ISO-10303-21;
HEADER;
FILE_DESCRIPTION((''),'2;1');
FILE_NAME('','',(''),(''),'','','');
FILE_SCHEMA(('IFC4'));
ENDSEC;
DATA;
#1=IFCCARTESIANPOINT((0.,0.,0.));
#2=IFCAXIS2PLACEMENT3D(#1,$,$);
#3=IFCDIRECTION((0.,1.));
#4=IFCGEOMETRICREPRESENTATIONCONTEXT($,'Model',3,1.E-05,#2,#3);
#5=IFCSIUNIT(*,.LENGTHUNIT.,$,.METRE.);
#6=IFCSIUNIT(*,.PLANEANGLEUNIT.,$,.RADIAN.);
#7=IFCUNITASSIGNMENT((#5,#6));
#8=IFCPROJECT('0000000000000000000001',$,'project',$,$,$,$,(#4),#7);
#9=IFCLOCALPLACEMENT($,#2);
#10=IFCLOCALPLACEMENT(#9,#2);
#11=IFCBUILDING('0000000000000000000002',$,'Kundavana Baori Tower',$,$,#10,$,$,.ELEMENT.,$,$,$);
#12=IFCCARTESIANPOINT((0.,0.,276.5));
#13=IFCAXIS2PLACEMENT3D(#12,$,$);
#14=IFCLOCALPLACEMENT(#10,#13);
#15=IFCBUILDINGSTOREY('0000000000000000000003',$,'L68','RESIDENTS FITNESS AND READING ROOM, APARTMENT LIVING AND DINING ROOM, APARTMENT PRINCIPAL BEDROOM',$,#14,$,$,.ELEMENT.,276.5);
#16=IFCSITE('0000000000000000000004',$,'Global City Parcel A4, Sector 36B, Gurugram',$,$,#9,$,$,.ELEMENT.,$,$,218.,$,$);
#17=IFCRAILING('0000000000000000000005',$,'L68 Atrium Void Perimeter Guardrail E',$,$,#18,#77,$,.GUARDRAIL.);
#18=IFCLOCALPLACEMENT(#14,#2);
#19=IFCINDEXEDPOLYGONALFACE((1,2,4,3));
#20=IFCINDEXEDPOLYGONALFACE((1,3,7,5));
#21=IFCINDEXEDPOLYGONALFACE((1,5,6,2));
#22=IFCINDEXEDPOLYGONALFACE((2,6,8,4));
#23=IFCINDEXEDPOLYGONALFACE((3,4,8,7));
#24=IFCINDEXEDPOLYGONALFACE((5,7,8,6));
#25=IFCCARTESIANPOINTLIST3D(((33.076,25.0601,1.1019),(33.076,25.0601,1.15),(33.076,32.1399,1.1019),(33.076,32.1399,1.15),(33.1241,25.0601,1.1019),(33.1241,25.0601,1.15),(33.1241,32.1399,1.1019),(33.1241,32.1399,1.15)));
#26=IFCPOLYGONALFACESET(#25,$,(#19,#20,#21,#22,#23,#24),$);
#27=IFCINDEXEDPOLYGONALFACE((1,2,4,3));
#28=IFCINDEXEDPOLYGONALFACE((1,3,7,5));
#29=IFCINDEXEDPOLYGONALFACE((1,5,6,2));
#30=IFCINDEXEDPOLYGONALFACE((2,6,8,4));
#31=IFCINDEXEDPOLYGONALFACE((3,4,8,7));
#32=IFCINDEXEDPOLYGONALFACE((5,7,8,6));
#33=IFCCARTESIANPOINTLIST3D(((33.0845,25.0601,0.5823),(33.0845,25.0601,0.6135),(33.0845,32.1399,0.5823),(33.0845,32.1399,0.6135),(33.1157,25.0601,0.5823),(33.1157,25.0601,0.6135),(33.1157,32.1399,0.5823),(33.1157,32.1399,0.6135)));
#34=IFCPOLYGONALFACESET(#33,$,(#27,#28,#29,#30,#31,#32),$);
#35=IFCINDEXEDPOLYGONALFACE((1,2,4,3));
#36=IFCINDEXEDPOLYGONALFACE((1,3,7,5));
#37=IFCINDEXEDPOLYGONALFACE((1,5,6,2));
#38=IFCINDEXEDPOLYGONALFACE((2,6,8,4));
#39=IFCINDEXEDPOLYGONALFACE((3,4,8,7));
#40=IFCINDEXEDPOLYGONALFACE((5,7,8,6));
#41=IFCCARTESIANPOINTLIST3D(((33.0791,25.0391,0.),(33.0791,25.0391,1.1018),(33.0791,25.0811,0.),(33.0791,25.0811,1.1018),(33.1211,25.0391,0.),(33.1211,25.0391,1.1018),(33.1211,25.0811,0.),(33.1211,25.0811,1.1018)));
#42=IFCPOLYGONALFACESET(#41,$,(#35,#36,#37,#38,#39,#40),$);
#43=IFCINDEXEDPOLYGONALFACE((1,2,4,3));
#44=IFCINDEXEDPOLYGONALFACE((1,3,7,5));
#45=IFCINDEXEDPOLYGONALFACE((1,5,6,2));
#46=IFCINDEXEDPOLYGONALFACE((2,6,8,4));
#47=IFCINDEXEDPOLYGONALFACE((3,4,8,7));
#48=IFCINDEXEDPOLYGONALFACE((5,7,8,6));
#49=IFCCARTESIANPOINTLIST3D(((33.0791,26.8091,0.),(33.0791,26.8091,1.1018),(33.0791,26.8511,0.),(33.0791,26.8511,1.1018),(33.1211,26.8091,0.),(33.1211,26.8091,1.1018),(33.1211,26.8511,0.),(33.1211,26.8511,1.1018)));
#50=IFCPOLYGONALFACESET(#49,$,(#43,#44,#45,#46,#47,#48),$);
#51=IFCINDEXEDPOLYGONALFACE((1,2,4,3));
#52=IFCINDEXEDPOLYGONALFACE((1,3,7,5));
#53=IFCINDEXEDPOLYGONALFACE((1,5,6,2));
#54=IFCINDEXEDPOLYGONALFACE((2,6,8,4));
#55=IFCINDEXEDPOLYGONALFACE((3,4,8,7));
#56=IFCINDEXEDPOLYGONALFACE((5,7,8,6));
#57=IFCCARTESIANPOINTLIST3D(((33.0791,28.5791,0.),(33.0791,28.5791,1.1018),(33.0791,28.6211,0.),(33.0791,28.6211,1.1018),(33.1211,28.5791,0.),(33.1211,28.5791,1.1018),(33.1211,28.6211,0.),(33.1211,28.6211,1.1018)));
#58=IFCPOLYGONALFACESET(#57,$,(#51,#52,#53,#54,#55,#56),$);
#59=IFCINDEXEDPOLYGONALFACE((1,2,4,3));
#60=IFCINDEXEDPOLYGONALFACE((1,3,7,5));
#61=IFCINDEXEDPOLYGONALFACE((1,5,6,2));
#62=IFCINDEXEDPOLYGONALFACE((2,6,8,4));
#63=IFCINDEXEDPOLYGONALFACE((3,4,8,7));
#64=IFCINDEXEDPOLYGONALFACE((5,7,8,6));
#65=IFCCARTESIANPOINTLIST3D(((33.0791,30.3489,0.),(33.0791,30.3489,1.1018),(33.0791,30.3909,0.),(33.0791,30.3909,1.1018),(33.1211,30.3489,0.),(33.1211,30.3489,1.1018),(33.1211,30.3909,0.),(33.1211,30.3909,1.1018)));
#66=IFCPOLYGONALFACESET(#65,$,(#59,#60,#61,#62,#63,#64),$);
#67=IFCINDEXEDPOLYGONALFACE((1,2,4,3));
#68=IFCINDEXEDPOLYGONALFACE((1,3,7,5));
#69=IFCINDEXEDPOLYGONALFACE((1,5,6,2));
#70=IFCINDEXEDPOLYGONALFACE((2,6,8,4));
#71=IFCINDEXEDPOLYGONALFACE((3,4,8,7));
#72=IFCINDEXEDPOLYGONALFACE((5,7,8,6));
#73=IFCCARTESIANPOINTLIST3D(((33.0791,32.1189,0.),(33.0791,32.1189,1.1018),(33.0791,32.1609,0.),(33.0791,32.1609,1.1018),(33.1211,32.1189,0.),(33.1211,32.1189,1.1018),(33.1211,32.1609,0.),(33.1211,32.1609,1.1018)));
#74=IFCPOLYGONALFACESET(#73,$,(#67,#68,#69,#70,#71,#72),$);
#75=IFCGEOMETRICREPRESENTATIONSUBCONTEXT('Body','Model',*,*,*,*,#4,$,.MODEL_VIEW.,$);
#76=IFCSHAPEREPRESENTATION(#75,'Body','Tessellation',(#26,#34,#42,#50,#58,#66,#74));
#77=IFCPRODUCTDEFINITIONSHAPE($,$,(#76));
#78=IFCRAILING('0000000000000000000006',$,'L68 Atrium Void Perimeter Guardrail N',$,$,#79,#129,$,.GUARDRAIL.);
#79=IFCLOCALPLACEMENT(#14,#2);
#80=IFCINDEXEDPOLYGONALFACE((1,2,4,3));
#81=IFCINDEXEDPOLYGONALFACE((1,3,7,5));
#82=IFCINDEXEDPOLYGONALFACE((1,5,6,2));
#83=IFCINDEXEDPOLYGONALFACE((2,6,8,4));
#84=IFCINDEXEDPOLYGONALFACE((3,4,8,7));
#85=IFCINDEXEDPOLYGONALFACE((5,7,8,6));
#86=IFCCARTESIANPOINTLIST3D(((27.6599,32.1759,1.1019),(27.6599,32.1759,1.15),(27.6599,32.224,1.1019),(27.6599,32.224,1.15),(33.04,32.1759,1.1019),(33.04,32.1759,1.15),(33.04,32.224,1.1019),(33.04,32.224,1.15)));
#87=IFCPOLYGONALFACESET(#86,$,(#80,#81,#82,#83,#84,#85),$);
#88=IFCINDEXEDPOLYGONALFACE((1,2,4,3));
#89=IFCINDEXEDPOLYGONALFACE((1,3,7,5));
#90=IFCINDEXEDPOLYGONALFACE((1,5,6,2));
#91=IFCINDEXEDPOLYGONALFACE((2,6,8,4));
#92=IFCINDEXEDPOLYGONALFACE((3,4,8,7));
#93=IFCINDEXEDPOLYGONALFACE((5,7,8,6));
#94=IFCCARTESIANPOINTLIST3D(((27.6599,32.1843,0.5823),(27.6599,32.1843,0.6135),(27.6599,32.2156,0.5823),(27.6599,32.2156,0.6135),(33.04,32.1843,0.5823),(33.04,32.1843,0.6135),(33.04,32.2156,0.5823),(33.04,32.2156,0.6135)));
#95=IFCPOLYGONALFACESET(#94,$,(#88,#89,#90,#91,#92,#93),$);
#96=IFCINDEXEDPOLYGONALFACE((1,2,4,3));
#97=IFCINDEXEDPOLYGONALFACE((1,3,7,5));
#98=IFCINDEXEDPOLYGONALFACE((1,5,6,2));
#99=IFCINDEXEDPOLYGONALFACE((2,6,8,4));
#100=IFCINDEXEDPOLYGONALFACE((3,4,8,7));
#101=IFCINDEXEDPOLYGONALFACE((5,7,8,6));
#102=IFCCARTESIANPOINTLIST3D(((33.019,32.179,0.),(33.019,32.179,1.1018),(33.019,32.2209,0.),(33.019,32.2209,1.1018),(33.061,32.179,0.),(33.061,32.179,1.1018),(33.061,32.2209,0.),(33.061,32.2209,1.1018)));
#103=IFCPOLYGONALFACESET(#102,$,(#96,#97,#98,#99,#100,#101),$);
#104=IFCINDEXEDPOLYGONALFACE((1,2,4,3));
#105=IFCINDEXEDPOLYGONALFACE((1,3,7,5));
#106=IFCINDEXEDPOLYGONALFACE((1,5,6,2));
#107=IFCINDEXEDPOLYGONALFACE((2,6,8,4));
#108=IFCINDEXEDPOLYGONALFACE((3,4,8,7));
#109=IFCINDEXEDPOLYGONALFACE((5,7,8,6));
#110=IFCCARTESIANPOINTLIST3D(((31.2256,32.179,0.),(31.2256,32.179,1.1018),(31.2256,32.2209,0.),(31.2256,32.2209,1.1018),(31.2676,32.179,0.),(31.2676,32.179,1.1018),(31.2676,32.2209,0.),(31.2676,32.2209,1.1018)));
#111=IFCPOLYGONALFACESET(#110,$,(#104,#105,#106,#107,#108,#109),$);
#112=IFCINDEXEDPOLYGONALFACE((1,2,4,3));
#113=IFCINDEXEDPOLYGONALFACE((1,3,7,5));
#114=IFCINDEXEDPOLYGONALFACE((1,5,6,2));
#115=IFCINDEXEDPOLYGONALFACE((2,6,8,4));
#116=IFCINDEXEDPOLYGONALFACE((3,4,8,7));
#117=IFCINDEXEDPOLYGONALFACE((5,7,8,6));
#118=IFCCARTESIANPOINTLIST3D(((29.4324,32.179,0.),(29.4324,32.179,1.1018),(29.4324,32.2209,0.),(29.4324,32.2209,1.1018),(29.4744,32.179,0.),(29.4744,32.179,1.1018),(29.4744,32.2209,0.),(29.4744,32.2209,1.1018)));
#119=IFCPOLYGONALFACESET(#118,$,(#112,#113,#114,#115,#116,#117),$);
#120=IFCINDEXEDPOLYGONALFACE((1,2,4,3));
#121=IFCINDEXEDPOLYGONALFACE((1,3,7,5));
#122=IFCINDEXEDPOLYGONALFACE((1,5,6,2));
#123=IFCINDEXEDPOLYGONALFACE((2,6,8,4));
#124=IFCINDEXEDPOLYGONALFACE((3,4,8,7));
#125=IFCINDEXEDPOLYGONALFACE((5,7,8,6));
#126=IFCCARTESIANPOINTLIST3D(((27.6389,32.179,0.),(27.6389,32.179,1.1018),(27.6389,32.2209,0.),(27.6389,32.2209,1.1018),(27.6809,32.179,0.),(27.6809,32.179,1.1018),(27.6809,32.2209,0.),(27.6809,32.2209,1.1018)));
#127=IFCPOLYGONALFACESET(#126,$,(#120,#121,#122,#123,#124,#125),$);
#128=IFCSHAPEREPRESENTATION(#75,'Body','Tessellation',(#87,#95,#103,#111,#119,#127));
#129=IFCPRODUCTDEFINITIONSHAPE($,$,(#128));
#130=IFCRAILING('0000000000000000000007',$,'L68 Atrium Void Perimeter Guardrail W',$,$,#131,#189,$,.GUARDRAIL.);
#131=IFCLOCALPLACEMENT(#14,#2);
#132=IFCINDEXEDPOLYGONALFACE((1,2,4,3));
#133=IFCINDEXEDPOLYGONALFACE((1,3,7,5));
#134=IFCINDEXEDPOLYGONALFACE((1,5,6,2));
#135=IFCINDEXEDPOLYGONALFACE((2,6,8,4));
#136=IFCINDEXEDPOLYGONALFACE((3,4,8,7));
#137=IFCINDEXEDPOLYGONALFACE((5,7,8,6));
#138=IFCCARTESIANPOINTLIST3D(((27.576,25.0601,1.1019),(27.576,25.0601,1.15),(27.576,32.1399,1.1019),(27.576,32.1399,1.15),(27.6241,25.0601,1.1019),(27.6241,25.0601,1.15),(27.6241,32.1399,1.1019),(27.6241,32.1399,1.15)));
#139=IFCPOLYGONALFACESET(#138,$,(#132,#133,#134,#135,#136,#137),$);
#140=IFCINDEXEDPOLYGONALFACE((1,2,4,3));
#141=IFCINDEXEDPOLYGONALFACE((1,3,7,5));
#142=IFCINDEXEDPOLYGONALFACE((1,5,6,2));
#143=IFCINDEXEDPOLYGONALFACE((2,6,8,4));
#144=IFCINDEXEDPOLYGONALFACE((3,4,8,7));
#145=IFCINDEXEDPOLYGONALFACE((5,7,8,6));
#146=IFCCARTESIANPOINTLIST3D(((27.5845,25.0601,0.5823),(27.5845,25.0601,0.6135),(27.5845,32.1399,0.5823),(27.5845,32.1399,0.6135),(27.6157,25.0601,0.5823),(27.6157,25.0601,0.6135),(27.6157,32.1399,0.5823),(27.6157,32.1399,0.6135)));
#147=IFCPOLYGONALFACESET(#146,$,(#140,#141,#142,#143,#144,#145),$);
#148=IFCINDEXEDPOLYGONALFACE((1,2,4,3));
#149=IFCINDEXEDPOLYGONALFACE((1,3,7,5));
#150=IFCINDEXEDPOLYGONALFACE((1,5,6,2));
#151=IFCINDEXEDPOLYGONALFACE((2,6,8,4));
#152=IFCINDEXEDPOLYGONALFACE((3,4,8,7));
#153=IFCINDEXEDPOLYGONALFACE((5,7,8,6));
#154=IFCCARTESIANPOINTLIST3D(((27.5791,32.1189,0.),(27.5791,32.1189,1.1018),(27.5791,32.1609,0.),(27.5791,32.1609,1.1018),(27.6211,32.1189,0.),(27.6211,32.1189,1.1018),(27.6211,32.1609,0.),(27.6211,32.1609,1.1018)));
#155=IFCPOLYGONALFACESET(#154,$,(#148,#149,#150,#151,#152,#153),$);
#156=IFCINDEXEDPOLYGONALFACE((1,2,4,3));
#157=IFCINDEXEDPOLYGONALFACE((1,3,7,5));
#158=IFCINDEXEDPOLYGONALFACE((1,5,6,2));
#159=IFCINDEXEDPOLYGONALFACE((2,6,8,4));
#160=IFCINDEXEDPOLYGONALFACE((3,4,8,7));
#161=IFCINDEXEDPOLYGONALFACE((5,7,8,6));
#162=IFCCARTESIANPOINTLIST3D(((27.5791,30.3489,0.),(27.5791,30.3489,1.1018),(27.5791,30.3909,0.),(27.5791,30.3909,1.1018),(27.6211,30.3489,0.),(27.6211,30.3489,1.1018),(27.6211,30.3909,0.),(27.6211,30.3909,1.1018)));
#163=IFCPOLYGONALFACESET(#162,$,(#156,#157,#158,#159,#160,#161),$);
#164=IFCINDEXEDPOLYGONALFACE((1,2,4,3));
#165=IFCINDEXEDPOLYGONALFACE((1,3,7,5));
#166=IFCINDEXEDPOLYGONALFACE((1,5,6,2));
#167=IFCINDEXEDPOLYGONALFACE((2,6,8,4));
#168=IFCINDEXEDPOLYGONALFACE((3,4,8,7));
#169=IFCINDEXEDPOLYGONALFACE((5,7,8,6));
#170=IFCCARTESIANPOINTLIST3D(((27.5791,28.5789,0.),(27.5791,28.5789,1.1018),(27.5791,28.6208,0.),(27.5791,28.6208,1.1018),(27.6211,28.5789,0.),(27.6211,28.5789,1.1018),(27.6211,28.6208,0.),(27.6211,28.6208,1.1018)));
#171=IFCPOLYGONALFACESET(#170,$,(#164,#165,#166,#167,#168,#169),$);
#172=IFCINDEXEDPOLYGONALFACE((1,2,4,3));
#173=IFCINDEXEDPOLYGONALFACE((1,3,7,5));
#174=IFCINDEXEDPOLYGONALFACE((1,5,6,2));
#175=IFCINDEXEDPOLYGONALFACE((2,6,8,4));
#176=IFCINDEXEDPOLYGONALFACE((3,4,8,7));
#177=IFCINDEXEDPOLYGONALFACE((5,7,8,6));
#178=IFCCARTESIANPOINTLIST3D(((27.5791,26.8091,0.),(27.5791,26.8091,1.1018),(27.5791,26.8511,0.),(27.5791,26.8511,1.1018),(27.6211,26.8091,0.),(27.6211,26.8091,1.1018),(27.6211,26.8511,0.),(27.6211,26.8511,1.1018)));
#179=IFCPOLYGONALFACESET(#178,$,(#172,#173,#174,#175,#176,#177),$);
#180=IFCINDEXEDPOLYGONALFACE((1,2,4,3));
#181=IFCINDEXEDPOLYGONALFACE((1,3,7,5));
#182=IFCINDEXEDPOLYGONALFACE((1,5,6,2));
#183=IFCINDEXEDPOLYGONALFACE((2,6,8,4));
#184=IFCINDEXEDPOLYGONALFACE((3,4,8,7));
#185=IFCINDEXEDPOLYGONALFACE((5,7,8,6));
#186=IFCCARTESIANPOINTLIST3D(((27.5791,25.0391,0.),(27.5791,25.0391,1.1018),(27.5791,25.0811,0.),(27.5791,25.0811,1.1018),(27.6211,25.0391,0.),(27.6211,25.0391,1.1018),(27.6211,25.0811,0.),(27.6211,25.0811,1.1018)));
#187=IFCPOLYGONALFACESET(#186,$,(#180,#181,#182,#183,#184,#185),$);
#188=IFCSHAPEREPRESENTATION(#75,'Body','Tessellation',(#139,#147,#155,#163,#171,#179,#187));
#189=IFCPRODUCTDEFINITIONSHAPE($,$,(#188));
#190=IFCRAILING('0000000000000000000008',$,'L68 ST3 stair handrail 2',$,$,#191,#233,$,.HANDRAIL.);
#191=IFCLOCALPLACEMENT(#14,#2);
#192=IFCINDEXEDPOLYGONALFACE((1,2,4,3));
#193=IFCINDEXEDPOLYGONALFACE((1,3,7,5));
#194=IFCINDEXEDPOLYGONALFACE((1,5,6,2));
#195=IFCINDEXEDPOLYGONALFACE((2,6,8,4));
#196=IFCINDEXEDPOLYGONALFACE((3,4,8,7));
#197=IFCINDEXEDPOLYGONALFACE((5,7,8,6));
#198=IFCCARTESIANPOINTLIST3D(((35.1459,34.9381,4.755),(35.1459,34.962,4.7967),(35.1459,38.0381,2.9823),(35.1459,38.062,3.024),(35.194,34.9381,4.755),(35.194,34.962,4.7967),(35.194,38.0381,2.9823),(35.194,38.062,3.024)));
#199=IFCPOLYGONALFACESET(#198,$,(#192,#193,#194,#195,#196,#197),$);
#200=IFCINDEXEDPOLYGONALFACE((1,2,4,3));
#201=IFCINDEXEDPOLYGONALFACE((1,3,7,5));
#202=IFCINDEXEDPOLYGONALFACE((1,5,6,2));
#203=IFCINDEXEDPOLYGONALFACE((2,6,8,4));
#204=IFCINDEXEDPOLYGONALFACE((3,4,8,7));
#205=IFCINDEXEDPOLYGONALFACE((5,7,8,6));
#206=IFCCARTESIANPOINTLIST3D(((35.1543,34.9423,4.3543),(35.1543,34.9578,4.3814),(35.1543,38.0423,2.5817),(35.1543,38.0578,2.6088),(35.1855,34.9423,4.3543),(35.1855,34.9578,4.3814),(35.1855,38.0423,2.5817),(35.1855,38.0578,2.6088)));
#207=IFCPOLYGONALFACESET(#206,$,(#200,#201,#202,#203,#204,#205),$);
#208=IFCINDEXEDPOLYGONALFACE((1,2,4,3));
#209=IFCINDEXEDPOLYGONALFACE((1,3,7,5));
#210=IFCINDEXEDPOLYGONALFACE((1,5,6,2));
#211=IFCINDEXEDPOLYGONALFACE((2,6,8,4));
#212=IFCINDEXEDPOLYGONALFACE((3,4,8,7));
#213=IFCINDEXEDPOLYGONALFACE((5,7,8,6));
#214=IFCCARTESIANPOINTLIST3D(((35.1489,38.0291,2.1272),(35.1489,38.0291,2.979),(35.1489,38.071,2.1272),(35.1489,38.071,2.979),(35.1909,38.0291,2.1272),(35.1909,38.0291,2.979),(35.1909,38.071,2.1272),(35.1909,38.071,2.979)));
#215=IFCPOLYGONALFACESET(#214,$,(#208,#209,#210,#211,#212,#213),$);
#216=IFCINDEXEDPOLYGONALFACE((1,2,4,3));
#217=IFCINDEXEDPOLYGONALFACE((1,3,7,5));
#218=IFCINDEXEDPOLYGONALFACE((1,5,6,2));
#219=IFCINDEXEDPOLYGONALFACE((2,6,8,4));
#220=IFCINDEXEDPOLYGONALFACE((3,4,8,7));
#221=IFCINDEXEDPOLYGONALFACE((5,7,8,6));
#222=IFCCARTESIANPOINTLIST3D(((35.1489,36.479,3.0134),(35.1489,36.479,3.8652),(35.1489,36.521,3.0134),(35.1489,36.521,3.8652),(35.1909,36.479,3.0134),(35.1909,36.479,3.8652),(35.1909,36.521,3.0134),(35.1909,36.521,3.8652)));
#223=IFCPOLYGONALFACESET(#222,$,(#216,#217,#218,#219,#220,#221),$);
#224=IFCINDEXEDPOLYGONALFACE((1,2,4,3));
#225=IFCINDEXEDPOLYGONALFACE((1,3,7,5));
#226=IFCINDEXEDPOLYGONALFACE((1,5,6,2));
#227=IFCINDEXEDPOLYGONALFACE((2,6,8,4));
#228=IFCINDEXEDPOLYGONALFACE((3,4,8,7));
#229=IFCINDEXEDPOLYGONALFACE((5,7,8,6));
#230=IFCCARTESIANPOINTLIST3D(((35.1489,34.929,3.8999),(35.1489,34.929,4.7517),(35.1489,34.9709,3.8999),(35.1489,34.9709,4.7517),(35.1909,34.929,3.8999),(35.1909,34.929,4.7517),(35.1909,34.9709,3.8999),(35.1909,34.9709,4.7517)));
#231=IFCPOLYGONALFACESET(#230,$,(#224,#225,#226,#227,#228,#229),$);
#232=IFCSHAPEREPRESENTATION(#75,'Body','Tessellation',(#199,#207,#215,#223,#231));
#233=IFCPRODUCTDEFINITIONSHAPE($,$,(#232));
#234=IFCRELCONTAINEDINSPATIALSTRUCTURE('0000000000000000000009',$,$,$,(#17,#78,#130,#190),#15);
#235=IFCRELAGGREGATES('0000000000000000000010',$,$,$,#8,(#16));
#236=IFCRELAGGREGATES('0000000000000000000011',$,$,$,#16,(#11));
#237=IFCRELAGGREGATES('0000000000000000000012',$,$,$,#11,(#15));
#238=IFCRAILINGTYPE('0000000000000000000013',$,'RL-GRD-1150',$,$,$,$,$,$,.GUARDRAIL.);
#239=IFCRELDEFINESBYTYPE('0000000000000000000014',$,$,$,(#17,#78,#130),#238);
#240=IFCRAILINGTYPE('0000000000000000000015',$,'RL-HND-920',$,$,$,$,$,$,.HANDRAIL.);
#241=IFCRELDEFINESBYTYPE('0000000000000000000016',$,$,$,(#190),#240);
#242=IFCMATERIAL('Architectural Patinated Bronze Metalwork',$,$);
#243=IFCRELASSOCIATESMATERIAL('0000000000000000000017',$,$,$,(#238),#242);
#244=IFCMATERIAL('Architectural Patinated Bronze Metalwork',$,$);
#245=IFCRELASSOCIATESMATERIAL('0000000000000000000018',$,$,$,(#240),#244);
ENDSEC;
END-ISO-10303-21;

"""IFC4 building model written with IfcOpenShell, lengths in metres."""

from ifc_helpers import new_model, si_unit, direction, frame, origin, origin_2d, place, context, subcontext, project, spatial, rectangle, extrude, material, type_object, element, save


model = new_model("IFC4")

# Units and contexts
model_context = context("Model", 3, precision=1e-05, world=origin(), true_north=direction((0.0, 1.0)))
body_context = subcontext(model_context, "Body", "Model", "MODEL_VIEW")
ifc_project = project(units=[si_unit("LENGTHUNIT", "METRE"), si_unit("PLANEANGLEUNIT", "RADIAN")], contexts=[model_context])

# Site, building, storey
site_placement = place(None, origin())
site = spatial("IfcSite", under=ifc_project, at=site_placement, Name="Global City Parcel A4, Sector 36B, Gurugram", CompositionType="ELEMENT", RefElevation=218.0)
building_placement = place(site_placement, origin())
building = spatial("IfcBuilding", under=site, at=building_placement, Name="Kundavana Baori Tower", CompositionType="ELEMENT")
storey_placement = place(building_placement, frame((0.0, 0.0, 276.5)))
storey = spatial("IfcBuildingStorey", under=building, at=storey_placement, Name="L68", Description="RESIDENTS FITNESS AND READING ROOM, APARTMENT LIVING AND DINING ROOM, APARTMENT PRINCIPAL BEDROOM", CompositionType="ELEMENT", Elevation=276.5)

# Railings
ifc_material_1 = material(Name="Architectural Patinated Bronze Metalwork")
railing_type_1 = type_object("IfcRailingType", Name="RL-GRD-1150", PredefinedType="GUARDRAIL", material=ifc_material_1)
railing_1_placement = place(storey_placement, frame((33.1001, 25.0601, 0.0)))
element("IfcRailing", 1, at=railing_1_placement, inside=storey, type_object=railing_type_1, Name="L68 Atrium Void Perimeter Guardrail E", PredefinedType="GUARDRAIL", context=body_context, shape_type="SweptSolid", body=[
    extrude(rectangle(XDim=0.0481, YDim=0.0481, at=origin_2d()), frame((0.0, 0.0, 1.126), z_axis=(0.0, 1.0, 0.0), x_axis=(-1.0, 0.0, 0.0)), (0.0, 0.0, 1.0), 7.0798),
    extrude(rectangle(XDim=0.0312, YDim=0.0312, at=origin_2d()), frame((0.0, 0.0, 0.5979), z_axis=(0.0, 1.0, 0.0), x_axis=(-1.0, 0.0, 0.0)), (0.0, 0.0, 1.0), 7.0798),
    extrude(rectangle(XDim=0.042, YDim=0.042, at=origin_2d()), origin(), (0.0, 0.0, 1.0), 1.1018),
    extrude(rectangle(XDim=0.042, YDim=0.042, at=origin_2d()), frame((0.0, 1.77, 0.0)), (0.0, 0.0, 1.0), 1.1018),
    extrude(rectangle(XDim=0.042, YDim=0.042, at=origin_2d()), frame((0.0, 3.54, 0.0)), (0.0, 0.0, 1.0), 1.1018),
    extrude(rectangle(XDim=0.042, YDim=0.042, at=origin_2d()), frame((0.0, 5.3098, 0.0)), (0.0, 0.0, 1.0), 1.1018),
    extrude(rectangle(XDim=0.042, YDim=0.042, at=origin_2d()), frame((0.0, 7.0798, 0.0)), (0.0, 0.0, 1.0), 1.1018),
])
railing_2_placement = place(storey_placement, frame((33.04, 32.2, 0.0)))
element("IfcRailing", 2, at=railing_2_placement, inside=storey, type_object=railing_type_1, Name="L68 Atrium Void Perimeter Guardrail N", PredefinedType="GUARDRAIL", context=body_context, shape_type="SweptSolid", body=[
    extrude(rectangle(XDim=0.0481, YDim=0.0481, at=origin_2d()), frame((0.0, 0.0, 1.126), z_axis=(-1.0, 0.0, 0.0), x_axis=(0.0, -1.0, 0.0)), (0.0, 0.0, 1.0), 5.3801),
    extrude(rectangle(XDim=0.0312, YDim=0.0312, at=origin_2d()), frame((0.0, 0.0, 0.5979), z_axis=(-1.0, 0.0, 0.0), x_axis=(0.0, -1.0, 0.0)), (0.0, 0.0, 1.0), 5.3801),
    extrude(rectangle(XDim=0.042, YDim=0.042, at=origin_2d()), origin(), (0.0, 0.0, 1.0), 1.1018),
    extrude(rectangle(XDim=0.042, YDim=0.042, at=origin_2d()), frame((-1.7935, 0.0, 0.0)), (0.0, 0.0, 1.0), 1.1018),
    extrude(rectangle(XDim=0.042, YDim=0.042, at=origin_2d()), frame((-3.5867, 0.0, 0.0)), (0.0, 0.0, 1.0), 1.1018),
    extrude(rectangle(XDim=0.042, YDim=0.042, at=origin_2d()), frame((-5.3801, 0.0, 0.0)), (0.0, 0.0, 1.0), 1.1018),
])
railing_3_placement = place(storey_placement, frame((27.6001, 32.1399, 0.0)))
element("IfcRailing", 3, at=railing_3_placement, inside=storey, type_object=railing_type_1, Name="L68 Atrium Void Perimeter Guardrail W", PredefinedType="GUARDRAIL", context=body_context, shape_type="SweptSolid", body=[
    extrude(rectangle(XDim=0.0481, YDim=0.0481, at=origin_2d()), frame((0.0, 0.0, 1.126), z_axis=(0.0, -1.0, 0.0), x_axis=(1.0, 0.0, 0.0)), (0.0, 0.0, 1.0), 7.0798),
    extrude(rectangle(XDim=0.0312, YDim=0.0312, at=origin_2d()), frame((0.0, 0.0, 0.5979), z_axis=(0.0, -1.0, 0.0), x_axis=(1.0, 0.0, 0.0)), (0.0, 0.0, 1.0), 7.0798),
    extrude(rectangle(XDim=0.042, YDim=0.042, at=origin_2d()), origin(), (0.0, 0.0, 1.0), 1.1018),
    extrude(rectangle(XDim=0.042, YDim=0.042, at=origin_2d()), frame((0.0, -1.77, 0.0)), (0.0, 0.0, 1.0), 1.1018),
    extrude(rectangle(XDim=0.042, YDim=0.042, at=origin_2d()), frame((0.0, -3.54, 0.0)), (0.0, 0.0, 1.0), 1.1018),
    extrude(rectangle(XDim=0.042, YDim=0.042, at=origin_2d()), frame((0.0, -5.3098, 0.0)), (0.0, 0.0, 1.0), 1.1018),
    extrude(rectangle(XDim=0.042, YDim=0.042, at=origin_2d()), frame((0.0, -7.0798, 0.0)), (0.0, 0.0, 1.0), 1.1018),
])
ifc_material_2 = material(Name="Architectural Patinated Bronze Metalwork")
railing_type_2 = type_object("IfcRailingType", Name="RL-HND-920", PredefinedType="HANDRAIL", material=ifc_material_2)
railing_4_placement = place(storey_placement, frame((35.1699, 38.05, 2.1272)))
element("IfcRailing", 4, at=railing_4_placement, inside=storey, type_object=railing_type_2, Name="L68 ST3 stair handrail 2", PredefinedType="HANDRAIL", context=body_context, shape_type="SweptSolid", body=[
    extrude(rectangle(XDim=0.0481, YDim=0.0481, at=origin_2d()), frame((0.0, 0.0, 0.876), z_axis=(0.0, -0.868096, 0.496397), x_axis=(1.0, 0.0, 0.0)), (0.0, 0.0, 1.0), 3.571),
    extrude(rectangle(XDim=0.0312, YDim=0.0312, at=origin_2d()), frame((0.0, 0.0, 0.468), z_axis=(0.0, -0.868096, 0.496397), x_axis=(1.0, 0.0, 0.0)), (0.0, 0.0, 1.0), 3.571),
    extrude(rectangle(XDim=0.042, YDim=0.042, at=origin_2d()), origin(), (0.0, 0.0, 1.0), 0.8518),
    extrude(rectangle(XDim=0.042, YDim=0.042, at=origin_2d()), frame((0.0, -1.55, 0.8862)), (0.0, 0.0, 1.0), 0.8518),
    extrude(rectangle(XDim=0.042, YDim=0.042, at=origin_2d()), frame((0.0, -3.1001, 1.7727)), (0.0, 0.0, 1.0), 0.8518),
])

save(model, "model.ifc")
